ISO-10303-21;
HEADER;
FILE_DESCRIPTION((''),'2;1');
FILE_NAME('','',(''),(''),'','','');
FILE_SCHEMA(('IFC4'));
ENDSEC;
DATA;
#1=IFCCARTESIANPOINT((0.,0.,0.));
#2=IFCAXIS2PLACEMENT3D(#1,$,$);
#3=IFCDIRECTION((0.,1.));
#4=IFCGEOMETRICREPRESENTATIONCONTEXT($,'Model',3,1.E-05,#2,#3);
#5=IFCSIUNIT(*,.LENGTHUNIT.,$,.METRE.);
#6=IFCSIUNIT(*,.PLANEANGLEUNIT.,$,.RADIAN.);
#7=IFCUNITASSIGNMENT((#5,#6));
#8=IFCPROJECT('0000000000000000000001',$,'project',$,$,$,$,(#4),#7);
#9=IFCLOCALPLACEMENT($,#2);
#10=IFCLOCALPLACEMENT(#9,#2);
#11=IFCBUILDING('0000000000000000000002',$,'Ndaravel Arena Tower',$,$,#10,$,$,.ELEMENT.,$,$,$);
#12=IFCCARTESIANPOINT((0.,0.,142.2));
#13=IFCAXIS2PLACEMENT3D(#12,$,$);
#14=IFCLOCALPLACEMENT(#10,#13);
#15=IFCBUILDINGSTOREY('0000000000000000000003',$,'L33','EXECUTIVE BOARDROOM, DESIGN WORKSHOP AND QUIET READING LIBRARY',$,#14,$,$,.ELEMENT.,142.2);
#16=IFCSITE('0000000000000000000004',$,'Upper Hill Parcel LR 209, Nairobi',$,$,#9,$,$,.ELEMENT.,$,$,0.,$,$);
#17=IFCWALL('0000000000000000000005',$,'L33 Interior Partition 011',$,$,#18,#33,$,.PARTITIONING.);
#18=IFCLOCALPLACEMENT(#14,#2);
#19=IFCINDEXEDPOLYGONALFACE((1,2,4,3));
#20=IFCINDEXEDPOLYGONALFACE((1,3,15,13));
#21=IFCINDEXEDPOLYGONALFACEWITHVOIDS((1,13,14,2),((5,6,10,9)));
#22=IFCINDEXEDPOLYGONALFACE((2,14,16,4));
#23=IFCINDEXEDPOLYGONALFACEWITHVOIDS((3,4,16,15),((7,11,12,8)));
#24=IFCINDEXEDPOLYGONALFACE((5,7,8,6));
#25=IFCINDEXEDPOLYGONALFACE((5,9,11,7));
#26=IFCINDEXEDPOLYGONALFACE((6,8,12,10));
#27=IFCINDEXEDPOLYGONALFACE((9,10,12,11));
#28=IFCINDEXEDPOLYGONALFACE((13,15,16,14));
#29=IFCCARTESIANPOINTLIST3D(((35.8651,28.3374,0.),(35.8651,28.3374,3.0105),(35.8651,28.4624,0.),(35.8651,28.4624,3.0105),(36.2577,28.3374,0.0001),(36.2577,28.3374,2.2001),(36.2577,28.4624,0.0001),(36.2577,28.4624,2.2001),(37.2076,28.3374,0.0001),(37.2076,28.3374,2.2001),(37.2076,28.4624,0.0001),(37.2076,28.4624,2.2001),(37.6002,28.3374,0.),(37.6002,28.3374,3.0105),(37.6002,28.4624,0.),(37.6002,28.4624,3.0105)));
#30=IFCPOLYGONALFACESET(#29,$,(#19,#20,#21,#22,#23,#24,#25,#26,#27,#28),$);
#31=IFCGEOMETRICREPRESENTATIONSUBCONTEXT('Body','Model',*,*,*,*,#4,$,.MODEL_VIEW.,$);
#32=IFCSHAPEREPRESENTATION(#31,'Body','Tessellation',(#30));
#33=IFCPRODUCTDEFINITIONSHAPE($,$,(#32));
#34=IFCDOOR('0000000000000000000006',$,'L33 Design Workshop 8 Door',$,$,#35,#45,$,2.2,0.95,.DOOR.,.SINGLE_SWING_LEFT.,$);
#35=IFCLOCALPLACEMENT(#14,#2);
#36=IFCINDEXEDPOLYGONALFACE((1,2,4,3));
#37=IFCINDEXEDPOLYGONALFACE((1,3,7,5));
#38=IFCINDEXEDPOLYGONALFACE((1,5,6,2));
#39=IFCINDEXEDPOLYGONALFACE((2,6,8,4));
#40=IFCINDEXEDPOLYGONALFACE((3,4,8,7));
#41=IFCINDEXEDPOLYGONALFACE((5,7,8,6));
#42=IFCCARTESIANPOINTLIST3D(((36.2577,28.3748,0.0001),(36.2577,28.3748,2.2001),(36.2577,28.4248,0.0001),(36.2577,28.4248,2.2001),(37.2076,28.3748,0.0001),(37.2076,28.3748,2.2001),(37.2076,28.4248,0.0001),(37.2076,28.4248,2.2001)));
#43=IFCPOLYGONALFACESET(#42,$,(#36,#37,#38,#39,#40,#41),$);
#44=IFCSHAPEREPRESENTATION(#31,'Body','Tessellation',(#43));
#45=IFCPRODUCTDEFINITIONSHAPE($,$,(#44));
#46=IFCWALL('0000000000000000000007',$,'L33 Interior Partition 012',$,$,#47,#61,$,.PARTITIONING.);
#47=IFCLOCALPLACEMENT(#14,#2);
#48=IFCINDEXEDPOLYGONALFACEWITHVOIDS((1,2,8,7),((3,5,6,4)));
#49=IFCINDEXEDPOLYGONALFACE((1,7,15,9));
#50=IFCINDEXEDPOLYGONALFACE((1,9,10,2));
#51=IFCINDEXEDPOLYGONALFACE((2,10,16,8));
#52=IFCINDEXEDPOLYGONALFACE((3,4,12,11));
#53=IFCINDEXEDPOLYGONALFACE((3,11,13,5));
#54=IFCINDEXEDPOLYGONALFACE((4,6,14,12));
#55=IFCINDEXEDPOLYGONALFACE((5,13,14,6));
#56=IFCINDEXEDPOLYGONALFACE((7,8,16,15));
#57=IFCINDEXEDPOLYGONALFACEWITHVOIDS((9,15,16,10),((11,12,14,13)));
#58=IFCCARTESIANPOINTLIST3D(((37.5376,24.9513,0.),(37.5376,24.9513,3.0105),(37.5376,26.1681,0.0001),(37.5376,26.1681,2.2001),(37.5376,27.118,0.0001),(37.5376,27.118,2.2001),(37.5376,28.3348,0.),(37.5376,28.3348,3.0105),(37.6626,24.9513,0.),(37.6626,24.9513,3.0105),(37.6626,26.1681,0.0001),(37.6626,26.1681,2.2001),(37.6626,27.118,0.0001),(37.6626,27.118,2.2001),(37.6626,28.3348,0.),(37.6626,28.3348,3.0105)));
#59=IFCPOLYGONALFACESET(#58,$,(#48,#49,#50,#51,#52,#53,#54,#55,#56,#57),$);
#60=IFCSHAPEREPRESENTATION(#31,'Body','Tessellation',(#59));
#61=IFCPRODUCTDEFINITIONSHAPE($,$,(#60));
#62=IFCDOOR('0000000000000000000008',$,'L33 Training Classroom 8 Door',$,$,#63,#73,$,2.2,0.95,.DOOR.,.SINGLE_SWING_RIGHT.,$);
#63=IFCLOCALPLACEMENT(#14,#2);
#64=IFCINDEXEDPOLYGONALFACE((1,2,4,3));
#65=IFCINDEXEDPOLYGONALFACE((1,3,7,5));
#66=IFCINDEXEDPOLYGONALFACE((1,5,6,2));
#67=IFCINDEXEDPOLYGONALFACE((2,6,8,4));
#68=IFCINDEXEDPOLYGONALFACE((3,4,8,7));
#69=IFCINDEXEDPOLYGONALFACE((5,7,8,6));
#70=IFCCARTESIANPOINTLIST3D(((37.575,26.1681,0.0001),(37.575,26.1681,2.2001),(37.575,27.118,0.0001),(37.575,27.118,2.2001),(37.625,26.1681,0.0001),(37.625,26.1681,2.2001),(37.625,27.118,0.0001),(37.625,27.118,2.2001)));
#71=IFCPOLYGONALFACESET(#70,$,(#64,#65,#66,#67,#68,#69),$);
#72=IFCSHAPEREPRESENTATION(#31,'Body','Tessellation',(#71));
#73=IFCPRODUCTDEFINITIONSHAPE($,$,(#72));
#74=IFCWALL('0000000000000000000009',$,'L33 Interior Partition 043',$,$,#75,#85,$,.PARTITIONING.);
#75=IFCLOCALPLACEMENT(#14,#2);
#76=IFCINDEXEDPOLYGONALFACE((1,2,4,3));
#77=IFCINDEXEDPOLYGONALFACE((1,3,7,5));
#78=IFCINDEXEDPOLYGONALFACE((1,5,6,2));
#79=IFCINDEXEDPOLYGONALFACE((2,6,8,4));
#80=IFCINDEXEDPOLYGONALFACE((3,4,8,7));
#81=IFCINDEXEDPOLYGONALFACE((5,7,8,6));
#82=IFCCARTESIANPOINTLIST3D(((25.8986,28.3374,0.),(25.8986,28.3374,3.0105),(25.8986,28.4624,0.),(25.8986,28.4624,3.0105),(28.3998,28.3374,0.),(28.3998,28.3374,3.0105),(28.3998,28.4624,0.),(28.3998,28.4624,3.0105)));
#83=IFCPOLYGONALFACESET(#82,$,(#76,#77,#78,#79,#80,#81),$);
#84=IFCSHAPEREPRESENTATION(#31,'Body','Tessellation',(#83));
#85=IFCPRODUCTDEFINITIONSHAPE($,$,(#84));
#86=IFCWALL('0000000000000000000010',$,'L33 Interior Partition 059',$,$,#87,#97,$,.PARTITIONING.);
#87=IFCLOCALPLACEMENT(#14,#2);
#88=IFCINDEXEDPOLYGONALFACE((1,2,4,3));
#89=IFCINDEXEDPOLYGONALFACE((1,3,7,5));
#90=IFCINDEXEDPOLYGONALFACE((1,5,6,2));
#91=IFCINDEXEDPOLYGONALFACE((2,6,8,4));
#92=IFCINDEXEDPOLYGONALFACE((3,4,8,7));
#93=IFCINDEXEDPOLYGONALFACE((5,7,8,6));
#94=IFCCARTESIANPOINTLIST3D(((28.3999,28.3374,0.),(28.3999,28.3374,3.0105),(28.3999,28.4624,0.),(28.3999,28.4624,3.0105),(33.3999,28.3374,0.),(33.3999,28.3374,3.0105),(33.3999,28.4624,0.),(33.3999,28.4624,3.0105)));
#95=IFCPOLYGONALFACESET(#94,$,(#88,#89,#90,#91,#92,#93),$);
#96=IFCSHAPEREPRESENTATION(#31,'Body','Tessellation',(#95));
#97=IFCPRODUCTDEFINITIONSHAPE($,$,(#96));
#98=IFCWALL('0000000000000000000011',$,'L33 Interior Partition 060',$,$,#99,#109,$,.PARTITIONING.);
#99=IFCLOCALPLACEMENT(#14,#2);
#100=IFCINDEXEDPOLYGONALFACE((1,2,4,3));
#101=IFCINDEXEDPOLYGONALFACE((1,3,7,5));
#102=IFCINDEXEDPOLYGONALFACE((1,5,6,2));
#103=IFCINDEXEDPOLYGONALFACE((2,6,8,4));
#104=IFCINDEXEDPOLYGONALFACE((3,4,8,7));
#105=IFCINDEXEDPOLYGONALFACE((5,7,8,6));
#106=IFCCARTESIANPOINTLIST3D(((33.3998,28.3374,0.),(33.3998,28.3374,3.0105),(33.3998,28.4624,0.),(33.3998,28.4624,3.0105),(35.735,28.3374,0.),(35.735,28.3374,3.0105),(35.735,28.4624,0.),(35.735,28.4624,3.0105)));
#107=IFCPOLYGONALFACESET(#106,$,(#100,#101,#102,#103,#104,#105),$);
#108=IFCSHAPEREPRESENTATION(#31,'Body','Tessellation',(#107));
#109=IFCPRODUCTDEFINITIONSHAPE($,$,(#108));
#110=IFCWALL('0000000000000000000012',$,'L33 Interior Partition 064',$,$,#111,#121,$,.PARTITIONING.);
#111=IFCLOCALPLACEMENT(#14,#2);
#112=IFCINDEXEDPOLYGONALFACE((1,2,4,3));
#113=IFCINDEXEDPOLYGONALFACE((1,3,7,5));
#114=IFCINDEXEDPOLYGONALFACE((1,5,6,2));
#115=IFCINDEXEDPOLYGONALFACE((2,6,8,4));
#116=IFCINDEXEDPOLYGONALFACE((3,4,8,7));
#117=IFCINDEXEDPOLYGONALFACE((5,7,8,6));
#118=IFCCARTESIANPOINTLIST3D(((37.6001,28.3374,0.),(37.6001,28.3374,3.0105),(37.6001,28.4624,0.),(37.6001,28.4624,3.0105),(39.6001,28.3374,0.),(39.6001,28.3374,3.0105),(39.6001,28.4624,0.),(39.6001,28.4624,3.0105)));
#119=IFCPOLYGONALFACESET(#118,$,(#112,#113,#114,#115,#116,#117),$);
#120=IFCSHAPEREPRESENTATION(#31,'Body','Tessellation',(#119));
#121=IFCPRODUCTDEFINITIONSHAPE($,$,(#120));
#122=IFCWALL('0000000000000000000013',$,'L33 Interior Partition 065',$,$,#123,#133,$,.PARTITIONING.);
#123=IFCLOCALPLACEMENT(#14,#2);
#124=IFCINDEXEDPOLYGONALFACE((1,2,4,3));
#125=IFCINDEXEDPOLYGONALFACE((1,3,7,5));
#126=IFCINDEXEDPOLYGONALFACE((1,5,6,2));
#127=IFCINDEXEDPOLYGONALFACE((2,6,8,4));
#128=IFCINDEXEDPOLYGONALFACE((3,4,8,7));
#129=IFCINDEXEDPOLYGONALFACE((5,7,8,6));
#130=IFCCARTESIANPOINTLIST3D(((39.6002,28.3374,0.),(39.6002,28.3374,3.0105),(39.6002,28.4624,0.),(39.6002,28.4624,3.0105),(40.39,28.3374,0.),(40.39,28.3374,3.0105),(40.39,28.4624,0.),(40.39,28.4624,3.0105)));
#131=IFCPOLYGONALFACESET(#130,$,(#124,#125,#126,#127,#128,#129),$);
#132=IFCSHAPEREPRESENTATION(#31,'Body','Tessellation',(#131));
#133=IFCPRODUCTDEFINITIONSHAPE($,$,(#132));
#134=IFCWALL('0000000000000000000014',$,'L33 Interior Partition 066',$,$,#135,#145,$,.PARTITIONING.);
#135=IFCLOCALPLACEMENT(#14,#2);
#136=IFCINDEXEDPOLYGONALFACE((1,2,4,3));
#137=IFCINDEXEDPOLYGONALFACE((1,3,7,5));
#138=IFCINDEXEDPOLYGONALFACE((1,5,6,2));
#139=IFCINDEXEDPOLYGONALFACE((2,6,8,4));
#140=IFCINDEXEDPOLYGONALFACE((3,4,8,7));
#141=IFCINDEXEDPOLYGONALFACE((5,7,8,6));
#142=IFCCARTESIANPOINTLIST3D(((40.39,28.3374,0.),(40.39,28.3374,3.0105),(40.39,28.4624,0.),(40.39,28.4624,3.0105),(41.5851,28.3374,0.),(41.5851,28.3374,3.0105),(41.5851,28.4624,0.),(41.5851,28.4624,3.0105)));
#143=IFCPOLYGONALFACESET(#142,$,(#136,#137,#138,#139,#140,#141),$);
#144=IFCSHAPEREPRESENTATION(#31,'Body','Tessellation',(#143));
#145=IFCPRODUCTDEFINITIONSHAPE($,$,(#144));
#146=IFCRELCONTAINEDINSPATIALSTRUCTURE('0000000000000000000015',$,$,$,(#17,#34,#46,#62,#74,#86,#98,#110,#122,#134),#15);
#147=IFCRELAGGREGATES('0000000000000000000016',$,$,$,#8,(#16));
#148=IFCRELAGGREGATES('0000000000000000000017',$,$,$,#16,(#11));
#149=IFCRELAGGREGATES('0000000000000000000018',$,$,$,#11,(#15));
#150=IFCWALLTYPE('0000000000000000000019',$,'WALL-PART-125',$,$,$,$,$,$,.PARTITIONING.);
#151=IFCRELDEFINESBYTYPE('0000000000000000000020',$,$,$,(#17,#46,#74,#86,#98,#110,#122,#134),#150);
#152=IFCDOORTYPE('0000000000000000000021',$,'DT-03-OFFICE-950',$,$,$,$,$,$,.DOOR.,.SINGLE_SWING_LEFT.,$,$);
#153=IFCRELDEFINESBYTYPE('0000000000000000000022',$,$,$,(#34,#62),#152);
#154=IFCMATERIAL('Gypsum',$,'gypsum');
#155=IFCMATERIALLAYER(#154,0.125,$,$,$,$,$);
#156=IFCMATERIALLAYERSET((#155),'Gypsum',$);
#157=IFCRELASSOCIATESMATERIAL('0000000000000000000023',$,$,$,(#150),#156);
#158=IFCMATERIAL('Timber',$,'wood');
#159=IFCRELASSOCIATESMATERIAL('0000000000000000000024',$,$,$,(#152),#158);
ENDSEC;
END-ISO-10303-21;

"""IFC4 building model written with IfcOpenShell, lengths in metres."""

from ifc_helpers import new_model, si_unit, direction, frame, frame_2d, origin, place, context, subcontext, project, spatial, rectangle, extrude, material, layer, layer_set, type_object, element, fill, save


model = new_model("IFC4")

# Units and contexts
model_context = context("Model", 3, precision=1e-05, world=origin(), true_north=direction((0.0, 1.0)))
body_context = subcontext(model_context, "Body", "Model", "MODEL_VIEW")
ifc_project = project(units=[si_unit("LENGTHUNIT", "METRE"), si_unit("PLANEANGLEUNIT", "RADIAN")], contexts=[model_context])

# Site, building, storey
site_placement = place(None, origin())
site = spatial("IfcSite", under=ifc_project, at=site_placement, Name="Upper Hill Parcel LR 209, Nairobi", CompositionType="ELEMENT", RefElevation=0.0)
building_placement = place(site_placement, origin())
building = spatial("IfcBuilding", under=site, at=building_placement, Name="Ndaravel Arena Tower", CompositionType="ELEMENT")
storey_placement = place(building_placement, frame((0.0, 0.0, 142.2)))
storey = spatial("IfcBuildingStorey", under=building, at=storey_placement, Name="L33", Description="EXECUTIVE BOARDROOM, DESIGN WORKSHOP AND QUIET READING LIBRARY", CompositionType="ELEMENT", Elevation=142.2)

# Walls, openings, doors
ifc_material_1 = material(Name="Gypsum", Category="gypsum")
ifc_layer_1 = layer(ifc_material_1, 0.125)
ifc_layer_set_1 = layer_set([ifc_layer_1], Name="Gypsum")
wall_type = type_object("IfcWallType", Name="WALL-PART-125", PredefinedType="PARTITIONING", material=ifc_layer_set_1)
wall_1_placement = place(storey_placement, frame((35.865, 28.3999, 0.0), z_axis=(0.0, 0.0, 1.0), x_axis=(1.0, 0.0, 0.0)))
wall_1 = element("IfcWall", 1, at=wall_1_placement, inside=storey, type_object=wall_type, Name="L33 Interior Partition 011", PredefinedType="PARTITIONING", context=body_context, shape_type="SweptSolid", body=[
    extrude(rectangle(XDim=1.7351, YDim=0.125, at=frame_2d((0.8677, 0.0))), origin(), (0.0, 0.0, 1.0), 3.0105),
])
opening_1_placement = place(wall_1_placement, frame((0.3926, 0.0, 0.0)))
opening_1 = element("IfcOpeningElement", 2, at=opening_1_placement, cuts=wall_1, PredefinedType="OPENING", context=body_context, shape_type="SweptSolid", body=[
    extrude(rectangle(XDim=0.95, YDim=2.2, at=frame_2d((0.4751, 1.1001))), frame((0.0, 0.0625, 0.0), z_axis=(0.0, -1.0, 0.0), x_axis=(1.0, 0.0, 0.0)), (0.0, 0.0, 1.0), 0.125),
])
ifc_material_2 = material(Name="Timber", Category="wood")
door_type = type_object("IfcDoorType", Name="DT-03-OFFICE-950", OperationType="SINGLE_SWING_LEFT", PredefinedType="DOOR", material=ifc_material_2)
door_1_placement = place(opening_1_placement, origin())
door_1 = element("IfcDoor", 3, at=door_1_placement, inside=storey, type_object=door_type, Name="L33 Design Workshop 8 Door", OperationType="SINGLE_SWING_LEFT", OverallHeight=2.2, OverallWidth=0.95, PredefinedType="DOOR", context=body_context, shape_type="SweptSolid", body=[
    extrude(rectangle(XDim=0.95, YDim=2.2, at=frame_2d((0.4751, 1.1001))), frame((0.0, 0.0249, 0.0), z_axis=(0.0, -1.0, 0.0), x_axis=(1.0, 0.0, 0.0)), (0.0, 0.0, 1.0), 0.05),
])
fill(opening_1, door_1)
wall_2_placement = place(storey_placement, frame((37.6001, 28.335, 0.0), z_axis=(0.0, 0.0, 1.0), x_axis=(0.0, -1.0, 0.0)))
wall_2 = element("IfcWall", 4, at=wall_2_placement, inside=storey, type_object=wall_type, Name="L33 Interior Partition 012", PredefinedType="PARTITIONING", context=body_context, shape_type="SweptSolid", body=[
    extrude(rectangle(XDim=3.3835, YDim=0.125, at=frame_2d((1.6919, 0.0))), origin(), (0.0, 0.0, 1.0), 3.0105),
])
opening_2_placement = place(wall_2_placement, frame((1.2168, 0.0, 0.0)))
opening_2 = element("IfcOpeningElement", 5, at=opening_2_placement, cuts=wall_2, PredefinedType="OPENING", context=body_context, shape_type="SweptSolid", body=[
    extrude(rectangle(XDim=0.95, YDim=2.2, at=frame_2d((0.4751, 1.1001))), frame((0.0, 0.0625, 0.0), z_axis=(0.0, -1.0, 0.0), x_axis=(1.0, 0.0, 0.0)), (0.0, 0.0, 1.0), 0.125),
])
door_2_placement = place(opening_2_placement, origin())
door_2 = element("IfcDoor", 6, at=door_2_placement, inside=storey, type_object=door_type, Name="L33 Training Classroom 8 Door", OperationType="SINGLE_SWING_RIGHT", OverallHeight=2.2, OverallWidth=0.95, PredefinedType="DOOR", context=body_context, shape_type="SweptSolid", body=[
    extrude(rectangle(XDim=0.95, YDim=2.2, at=frame_2d((0.4751, 1.1001))), frame((0.0, 0.0249, 0.0), z_axis=(0.0, -1.0, 0.0), x_axis=(1.0, 0.0, 0.0)), (0.0, 0.0, 1.0), 0.05),
])
fill(opening_2, door_2)

# Walls
wall_3_placement = place(storey_placement, frame((25.8987, 28.3999, 0.0), z_axis=(0.0, 0.0, 1.0), x_axis=(1.0, 0.0, 0.0)))
element("IfcWall", 7, at=wall_3_placement, inside=storey, type_object=wall_type, Name="L33 Interior Partition 043", PredefinedType="PARTITIONING", context=body_context, shape_type="SweptSolid", body=[
    extrude(rectangle(XDim=2.5012, YDim=0.125, at=frame_2d((1.2505, 0.0))), origin(), (0.0, 0.0, 1.0), 3.0105),
])
wall_4_placement = place(storey_placement, frame((28.3999, 28.3999, 0.0), z_axis=(0.0, 0.0, 1.0), x_axis=(1.0, 0.0, 0.0)))
element("IfcWall", 8, at=wall_4_placement, inside=storey, type_object=wall_type, Name="L33 Interior Partition 059", PredefinedType="PARTITIONING", context=body_context, shape_type="SweptSolid", body=[
    extrude(rectangle(XDim=5.0, YDim=0.125, at=frame_2d((2.5, 0.0))), origin(), (0.0, 0.0, 1.0), 3.0105),
])
wall_5_placement = place(storey_placement, frame((33.3999, 28.3999, 0.0), z_axis=(0.0, 0.0, 1.0), x_axis=(1.0, 0.0, 0.0)))
element("IfcWall", 9, at=wall_5_placement, inside=storey, type_object=wall_type, Name="L33 Interior Partition 060", PredefinedType="PARTITIONING", context=body_context, shape_type="SweptSolid", body=[
    extrude(rectangle(XDim=2.3352, YDim=0.125, at=frame_2d((1.1675, 0.0))), origin(), (0.0, 0.0, 1.0), 3.0105),
])
wall_6_placement = place(storey_placement, frame((37.6001, 28.3999, 0.0), z_axis=(0.0, 0.0, 1.0), x_axis=(1.0, 0.0, 0.0)))
element("IfcWall", 10, at=wall_6_placement, inside=storey, type_object=wall_type, Name="L33 Interior Partition 064", PredefinedType="PARTITIONING", context=body_context, shape_type="SweptSolid", body=[
    extrude(rectangle(XDim=2.0, YDim=0.125, at=frame_2d((1.0, 0.0))), origin(), (0.0, 0.0, 1.0), 3.0105),
])
wall_7_placement = place(storey_placement, frame((39.6001, 28.3999, 0.0), z_axis=(0.0, 0.0, 1.0), x_axis=(1.0, 0.0, 0.0)))
element("IfcWall", 11, at=wall_7_placement, inside=storey, type_object=wall_type, Name="L33 Interior Partition 065", PredefinedType="PARTITIONING", context=body_context, shape_type="SweptSolid", body=[
    extrude(rectangle(XDim=0.7898, YDim=0.125, at=frame_2d((0.395, 0.0))), origin(), (0.0, 0.0, 1.0), 3.0105),
])
wall_8_placement = place(storey_placement, frame((40.3899, 28.3999, 0.0), z_axis=(0.0, 0.0, 1.0), x_axis=(1.0, 0.0, 0.0)))
element("IfcWall", 12, at=wall_8_placement, inside=storey, type_object=wall_type, Name="L33 Interior Partition 066", PredefinedType="PARTITIONING", context=body_context, shape_type="SweptSolid", body=[
    extrude(rectangle(XDim=1.1951, YDim=0.125, at=frame_2d((0.5977, 0.0))), origin(), (0.0, 0.0, 1.0), 3.0105),
])

save(model, "model.ifc")
